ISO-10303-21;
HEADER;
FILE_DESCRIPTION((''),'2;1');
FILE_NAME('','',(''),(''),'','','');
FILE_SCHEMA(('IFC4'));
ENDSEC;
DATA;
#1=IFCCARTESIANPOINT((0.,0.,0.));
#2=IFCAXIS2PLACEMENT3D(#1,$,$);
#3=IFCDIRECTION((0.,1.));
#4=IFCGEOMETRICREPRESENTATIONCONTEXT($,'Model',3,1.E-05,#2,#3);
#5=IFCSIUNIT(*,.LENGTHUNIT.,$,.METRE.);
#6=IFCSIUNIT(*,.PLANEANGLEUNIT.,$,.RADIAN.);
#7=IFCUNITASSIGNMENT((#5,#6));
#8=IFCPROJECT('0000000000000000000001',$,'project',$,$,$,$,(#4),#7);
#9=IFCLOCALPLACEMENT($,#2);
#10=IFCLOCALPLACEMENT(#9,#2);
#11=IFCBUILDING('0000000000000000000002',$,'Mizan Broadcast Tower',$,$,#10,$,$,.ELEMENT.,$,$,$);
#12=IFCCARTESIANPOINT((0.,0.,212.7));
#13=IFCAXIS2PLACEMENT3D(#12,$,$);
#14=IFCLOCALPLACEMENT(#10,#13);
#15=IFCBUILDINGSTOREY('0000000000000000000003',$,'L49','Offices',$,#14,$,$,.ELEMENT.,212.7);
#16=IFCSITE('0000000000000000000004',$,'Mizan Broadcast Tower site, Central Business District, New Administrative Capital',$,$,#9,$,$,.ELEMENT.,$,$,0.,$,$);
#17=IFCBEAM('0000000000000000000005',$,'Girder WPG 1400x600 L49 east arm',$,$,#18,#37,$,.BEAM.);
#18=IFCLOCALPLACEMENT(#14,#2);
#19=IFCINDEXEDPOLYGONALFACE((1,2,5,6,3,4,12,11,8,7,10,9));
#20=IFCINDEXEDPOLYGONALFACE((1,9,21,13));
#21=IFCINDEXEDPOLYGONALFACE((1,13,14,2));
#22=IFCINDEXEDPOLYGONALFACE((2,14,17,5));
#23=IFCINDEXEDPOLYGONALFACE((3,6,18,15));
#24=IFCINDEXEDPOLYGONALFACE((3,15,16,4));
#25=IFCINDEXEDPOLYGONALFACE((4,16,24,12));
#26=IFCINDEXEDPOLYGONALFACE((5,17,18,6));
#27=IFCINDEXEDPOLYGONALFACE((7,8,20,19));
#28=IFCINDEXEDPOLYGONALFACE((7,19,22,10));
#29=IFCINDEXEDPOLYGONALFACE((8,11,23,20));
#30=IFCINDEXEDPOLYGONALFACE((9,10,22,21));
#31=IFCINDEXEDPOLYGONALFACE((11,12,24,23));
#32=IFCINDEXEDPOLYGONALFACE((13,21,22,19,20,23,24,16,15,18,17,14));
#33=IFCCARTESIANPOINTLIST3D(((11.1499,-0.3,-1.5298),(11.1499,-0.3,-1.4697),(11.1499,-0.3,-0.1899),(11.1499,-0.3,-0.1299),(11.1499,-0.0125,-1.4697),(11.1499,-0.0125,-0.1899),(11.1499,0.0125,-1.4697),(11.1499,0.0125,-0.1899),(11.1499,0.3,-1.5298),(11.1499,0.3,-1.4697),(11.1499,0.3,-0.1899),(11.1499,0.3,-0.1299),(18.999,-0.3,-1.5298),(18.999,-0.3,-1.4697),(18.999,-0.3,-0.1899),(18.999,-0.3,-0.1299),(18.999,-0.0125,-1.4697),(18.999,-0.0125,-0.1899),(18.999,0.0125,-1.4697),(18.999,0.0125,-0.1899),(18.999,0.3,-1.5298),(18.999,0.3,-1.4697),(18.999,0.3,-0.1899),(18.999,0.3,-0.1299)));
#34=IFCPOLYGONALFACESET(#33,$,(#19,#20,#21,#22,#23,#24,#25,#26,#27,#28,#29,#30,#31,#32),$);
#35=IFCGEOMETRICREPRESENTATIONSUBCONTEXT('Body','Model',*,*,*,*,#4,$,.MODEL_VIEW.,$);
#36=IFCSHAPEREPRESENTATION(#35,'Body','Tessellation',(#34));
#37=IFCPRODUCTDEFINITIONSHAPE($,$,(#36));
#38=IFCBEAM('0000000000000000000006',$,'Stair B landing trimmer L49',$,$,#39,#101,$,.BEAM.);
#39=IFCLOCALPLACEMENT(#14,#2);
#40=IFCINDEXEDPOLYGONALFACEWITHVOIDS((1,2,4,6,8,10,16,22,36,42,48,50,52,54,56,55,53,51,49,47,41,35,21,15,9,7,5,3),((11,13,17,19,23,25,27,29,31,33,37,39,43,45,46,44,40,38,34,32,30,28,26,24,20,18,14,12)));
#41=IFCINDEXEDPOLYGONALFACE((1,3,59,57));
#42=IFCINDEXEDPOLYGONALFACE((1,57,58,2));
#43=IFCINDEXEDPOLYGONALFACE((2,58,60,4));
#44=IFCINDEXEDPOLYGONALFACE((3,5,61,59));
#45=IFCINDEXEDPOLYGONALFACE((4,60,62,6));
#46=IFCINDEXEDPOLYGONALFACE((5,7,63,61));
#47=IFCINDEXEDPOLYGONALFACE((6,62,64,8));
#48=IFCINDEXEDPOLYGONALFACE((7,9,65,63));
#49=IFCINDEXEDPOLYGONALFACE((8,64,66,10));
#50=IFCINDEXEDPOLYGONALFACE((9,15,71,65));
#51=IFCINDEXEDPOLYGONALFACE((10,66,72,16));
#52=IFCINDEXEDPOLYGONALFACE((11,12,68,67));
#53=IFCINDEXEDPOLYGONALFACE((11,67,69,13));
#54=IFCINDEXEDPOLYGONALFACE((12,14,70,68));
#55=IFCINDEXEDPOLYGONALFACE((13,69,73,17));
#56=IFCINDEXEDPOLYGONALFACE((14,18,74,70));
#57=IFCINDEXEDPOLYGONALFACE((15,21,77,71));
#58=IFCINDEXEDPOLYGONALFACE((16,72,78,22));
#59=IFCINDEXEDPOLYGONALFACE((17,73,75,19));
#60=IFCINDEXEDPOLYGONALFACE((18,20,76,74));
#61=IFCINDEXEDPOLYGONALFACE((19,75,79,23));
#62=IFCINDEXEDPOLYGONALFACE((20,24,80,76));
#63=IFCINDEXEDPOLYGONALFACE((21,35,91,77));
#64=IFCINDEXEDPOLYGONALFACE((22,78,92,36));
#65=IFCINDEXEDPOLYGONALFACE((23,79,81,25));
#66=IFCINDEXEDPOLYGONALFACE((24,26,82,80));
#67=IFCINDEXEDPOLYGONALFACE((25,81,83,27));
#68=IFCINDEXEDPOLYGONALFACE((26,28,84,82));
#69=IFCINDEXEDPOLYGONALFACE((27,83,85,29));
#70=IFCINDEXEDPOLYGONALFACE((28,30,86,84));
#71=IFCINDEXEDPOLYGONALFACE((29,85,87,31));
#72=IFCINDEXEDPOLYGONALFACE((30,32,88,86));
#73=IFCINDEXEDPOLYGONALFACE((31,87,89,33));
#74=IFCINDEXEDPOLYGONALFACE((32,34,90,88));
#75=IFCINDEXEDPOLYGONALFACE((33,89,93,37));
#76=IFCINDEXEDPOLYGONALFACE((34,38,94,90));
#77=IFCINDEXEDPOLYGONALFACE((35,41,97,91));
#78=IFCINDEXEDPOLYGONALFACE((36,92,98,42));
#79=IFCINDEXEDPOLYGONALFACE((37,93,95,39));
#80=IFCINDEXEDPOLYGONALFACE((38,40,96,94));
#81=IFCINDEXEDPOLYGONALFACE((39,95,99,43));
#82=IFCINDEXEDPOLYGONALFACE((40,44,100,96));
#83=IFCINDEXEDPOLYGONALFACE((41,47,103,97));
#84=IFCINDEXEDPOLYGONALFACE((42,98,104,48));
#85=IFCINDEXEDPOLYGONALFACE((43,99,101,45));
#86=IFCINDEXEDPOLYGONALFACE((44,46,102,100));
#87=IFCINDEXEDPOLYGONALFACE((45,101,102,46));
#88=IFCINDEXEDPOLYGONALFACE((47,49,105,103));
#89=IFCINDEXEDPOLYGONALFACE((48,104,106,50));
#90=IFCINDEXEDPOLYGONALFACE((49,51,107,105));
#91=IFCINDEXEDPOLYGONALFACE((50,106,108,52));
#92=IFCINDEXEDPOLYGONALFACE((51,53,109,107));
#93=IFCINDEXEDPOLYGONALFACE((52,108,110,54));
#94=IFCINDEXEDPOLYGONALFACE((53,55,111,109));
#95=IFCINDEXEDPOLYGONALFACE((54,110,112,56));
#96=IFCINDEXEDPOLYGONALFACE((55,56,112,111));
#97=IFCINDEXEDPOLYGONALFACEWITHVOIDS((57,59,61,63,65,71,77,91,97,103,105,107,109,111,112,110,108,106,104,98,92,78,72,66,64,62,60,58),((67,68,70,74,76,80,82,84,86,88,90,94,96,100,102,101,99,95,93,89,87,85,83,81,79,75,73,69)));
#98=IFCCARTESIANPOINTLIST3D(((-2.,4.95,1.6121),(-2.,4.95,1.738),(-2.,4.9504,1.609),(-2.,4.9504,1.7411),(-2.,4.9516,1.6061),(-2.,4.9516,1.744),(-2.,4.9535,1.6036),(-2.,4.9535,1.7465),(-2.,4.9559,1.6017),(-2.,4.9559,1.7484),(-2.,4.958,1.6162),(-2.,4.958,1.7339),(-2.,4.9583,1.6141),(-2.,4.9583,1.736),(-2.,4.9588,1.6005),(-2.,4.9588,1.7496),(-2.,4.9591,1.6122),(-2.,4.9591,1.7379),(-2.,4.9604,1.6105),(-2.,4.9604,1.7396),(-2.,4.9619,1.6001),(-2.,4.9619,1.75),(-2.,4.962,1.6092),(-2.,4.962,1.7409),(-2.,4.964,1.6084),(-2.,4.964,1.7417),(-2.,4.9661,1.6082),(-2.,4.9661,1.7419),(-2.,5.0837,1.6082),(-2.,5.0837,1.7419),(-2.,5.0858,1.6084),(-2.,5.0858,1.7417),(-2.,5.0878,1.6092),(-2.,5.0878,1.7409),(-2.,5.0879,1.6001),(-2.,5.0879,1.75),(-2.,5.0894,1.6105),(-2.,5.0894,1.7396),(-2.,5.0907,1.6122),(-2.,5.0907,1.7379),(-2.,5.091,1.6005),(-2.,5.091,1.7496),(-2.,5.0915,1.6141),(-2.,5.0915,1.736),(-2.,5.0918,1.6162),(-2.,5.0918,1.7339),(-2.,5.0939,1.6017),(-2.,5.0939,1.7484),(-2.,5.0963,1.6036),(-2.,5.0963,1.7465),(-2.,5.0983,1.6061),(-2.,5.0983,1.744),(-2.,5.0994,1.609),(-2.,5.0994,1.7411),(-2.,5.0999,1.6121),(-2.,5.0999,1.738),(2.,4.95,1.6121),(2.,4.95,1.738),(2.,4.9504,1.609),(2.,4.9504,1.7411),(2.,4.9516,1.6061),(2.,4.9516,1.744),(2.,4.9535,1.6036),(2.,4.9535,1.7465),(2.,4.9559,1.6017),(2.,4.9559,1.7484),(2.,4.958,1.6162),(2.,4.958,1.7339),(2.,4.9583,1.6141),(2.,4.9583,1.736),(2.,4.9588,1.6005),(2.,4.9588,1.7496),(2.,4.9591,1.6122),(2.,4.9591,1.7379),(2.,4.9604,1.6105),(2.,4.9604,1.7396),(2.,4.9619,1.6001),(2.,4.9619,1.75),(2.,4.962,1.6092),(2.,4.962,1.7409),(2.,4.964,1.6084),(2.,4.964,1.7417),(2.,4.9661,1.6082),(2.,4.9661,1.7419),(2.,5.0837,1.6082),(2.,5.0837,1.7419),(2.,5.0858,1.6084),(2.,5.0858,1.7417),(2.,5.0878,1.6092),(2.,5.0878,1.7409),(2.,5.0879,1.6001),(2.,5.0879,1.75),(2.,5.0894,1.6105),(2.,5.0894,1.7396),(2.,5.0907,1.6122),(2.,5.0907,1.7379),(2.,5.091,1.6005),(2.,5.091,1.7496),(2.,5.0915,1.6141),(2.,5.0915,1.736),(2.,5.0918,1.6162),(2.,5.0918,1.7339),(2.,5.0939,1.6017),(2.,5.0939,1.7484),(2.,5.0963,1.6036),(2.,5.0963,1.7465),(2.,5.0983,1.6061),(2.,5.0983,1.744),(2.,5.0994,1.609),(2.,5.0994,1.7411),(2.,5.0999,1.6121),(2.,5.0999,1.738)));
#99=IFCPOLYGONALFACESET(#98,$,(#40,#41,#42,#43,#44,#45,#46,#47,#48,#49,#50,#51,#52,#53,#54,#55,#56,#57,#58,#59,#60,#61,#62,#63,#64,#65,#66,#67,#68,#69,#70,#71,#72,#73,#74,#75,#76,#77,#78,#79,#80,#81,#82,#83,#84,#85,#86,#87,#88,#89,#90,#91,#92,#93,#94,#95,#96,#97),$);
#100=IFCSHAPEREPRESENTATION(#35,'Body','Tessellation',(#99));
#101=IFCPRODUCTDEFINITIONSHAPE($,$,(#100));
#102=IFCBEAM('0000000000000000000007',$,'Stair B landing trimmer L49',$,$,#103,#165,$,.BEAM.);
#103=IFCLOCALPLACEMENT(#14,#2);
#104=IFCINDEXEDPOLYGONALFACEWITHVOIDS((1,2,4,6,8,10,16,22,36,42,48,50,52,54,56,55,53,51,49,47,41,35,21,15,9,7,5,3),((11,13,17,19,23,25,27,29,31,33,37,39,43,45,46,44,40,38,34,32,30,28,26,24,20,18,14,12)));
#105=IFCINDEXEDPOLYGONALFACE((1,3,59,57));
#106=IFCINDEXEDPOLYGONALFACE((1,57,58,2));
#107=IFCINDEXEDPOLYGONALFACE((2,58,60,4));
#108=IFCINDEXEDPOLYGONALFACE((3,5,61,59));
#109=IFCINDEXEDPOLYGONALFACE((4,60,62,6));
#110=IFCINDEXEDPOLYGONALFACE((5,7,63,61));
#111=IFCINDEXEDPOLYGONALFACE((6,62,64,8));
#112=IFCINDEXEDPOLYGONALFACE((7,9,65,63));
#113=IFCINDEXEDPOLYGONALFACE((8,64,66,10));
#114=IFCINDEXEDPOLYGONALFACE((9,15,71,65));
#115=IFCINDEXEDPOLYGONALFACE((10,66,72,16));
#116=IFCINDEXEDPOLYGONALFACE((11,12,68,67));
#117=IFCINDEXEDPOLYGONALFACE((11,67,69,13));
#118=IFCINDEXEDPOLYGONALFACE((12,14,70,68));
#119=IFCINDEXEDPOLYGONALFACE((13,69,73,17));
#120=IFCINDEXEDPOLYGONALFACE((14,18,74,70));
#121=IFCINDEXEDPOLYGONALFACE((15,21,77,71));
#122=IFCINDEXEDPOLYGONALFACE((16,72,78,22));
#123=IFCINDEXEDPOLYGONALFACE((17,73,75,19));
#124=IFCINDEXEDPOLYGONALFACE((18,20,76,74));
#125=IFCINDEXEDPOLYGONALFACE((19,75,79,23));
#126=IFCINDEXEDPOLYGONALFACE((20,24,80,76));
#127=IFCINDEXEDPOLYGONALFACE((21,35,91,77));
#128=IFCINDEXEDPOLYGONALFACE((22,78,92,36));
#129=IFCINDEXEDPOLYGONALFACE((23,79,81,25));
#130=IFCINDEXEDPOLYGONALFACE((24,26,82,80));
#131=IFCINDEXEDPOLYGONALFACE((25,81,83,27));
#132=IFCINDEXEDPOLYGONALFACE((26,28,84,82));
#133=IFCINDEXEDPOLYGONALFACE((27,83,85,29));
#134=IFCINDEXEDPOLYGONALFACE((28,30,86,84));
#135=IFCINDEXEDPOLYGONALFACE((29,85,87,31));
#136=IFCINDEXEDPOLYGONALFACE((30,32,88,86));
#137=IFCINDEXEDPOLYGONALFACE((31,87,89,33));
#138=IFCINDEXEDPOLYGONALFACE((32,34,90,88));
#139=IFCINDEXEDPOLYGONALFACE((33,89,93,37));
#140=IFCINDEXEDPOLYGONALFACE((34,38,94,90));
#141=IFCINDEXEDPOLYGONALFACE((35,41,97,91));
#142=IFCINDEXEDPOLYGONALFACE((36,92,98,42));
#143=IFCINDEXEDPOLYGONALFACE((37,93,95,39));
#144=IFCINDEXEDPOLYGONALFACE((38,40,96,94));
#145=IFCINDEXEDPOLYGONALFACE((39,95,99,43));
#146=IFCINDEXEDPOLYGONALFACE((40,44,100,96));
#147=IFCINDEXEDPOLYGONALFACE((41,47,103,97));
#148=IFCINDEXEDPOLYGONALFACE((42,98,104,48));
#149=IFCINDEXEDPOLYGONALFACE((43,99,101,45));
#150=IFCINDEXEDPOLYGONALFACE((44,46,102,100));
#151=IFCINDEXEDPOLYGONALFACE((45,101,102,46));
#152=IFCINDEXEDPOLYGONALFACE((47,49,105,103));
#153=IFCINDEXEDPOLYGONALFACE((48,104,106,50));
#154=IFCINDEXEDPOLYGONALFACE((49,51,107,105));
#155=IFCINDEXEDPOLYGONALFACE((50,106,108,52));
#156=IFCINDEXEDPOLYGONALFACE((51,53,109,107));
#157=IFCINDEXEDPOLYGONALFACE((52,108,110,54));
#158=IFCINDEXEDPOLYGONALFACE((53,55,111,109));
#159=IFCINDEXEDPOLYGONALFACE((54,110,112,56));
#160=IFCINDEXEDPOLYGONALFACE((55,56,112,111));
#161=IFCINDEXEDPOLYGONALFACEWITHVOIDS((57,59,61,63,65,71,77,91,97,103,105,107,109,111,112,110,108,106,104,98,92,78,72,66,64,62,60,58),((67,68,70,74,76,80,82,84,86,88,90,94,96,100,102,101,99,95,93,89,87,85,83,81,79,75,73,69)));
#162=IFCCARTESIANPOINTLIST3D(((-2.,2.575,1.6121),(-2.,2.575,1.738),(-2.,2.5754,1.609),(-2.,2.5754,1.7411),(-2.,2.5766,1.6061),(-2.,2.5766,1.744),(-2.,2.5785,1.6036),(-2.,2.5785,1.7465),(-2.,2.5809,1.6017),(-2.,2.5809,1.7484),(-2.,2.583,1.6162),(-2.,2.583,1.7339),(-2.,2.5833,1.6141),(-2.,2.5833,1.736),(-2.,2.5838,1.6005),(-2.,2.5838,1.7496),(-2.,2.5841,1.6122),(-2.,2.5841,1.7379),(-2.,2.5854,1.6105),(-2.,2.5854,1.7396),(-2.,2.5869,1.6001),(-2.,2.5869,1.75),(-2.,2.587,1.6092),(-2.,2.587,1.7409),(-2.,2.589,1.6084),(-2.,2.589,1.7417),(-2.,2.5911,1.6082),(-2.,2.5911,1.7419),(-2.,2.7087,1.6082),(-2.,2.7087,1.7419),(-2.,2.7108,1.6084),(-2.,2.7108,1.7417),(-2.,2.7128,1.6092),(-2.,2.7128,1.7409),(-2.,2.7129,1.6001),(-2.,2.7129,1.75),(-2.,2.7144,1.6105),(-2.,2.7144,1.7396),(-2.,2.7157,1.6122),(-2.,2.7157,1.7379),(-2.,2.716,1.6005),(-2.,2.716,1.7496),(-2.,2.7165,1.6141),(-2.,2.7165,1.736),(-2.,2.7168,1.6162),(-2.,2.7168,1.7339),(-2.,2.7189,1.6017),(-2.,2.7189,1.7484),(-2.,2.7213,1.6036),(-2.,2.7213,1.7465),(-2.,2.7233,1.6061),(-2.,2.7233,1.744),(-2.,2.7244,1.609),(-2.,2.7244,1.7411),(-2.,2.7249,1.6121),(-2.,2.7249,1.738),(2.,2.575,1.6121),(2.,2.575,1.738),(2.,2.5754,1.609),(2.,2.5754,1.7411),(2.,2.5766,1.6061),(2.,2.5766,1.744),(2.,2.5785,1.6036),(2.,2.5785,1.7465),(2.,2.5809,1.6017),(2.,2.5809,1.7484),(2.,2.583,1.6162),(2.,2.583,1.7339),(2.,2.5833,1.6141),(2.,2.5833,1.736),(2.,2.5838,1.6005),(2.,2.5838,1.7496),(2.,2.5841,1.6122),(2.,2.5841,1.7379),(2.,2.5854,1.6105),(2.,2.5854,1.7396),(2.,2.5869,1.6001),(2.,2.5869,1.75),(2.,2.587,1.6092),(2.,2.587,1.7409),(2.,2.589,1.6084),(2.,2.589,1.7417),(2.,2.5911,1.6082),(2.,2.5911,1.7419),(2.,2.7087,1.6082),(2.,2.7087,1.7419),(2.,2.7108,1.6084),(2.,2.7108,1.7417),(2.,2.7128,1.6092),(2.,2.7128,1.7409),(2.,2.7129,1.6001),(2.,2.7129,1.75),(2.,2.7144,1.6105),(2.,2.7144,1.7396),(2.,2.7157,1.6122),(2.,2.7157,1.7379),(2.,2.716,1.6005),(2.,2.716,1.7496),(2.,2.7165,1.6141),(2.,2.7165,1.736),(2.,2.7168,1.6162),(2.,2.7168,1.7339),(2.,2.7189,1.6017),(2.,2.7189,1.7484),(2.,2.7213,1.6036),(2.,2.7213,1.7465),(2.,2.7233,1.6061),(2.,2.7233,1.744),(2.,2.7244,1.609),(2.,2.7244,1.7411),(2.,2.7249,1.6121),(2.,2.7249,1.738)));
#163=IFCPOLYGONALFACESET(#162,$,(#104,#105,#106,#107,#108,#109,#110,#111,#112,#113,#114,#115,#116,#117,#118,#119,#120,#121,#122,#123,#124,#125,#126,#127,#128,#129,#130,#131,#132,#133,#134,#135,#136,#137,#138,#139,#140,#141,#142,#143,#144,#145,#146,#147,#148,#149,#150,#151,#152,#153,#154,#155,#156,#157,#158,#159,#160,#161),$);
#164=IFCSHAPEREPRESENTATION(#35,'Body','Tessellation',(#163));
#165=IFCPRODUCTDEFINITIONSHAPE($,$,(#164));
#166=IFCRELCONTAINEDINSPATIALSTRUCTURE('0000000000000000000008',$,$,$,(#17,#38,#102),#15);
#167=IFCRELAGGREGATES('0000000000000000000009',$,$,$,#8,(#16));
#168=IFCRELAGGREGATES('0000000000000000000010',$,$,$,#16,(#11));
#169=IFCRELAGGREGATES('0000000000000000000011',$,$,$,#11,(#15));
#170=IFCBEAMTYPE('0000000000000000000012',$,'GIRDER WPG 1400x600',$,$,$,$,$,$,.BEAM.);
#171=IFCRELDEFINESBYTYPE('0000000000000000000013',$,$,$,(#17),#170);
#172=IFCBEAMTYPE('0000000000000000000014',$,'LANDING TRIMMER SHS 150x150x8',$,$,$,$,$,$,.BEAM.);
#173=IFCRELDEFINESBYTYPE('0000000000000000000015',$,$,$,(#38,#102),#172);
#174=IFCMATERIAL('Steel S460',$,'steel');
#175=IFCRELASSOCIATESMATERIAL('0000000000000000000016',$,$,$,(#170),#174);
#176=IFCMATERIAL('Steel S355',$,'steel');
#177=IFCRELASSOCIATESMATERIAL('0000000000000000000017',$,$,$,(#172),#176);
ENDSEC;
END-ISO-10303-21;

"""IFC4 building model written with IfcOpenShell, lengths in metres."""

from ifc_helpers import new_model, si_unit, direction, frame, origin, origin_2d, place, context, subcontext, project, spatial, hollow_rectangle, i_section, extrude, material, material_profile, profile_set, type_object, element, save


model = new_model("IFC4")

# Units and contexts
model_context = context("Model", 3, precision=1e-05, world=origin(), true_north=direction((0.0, 1.0)))
body_context = subcontext(model_context, "Body", "Model", "MODEL_VIEW")
ifc_project = project(units=[si_unit("LENGTHUNIT", "METRE"), si_unit("PLANEANGLEUNIT", "RADIAN")], contexts=[model_context])

# Site, building, storey
site_placement = place(None, origin())
site = spatial("IfcSite", under=ifc_project, at=site_placement, Name="Mizan Broadcast Tower site, Central Business District, New Administrative Capital", CompositionType="ELEMENT", RefElevation=0.0)
building_placement = place(site_placement, origin())
building = spatial("IfcBuilding", under=site, at=building_placement, Name="Mizan Broadcast Tower", CompositionType="ELEMENT")
storey_placement = place(building_placement, frame((0.0, 0.0, 212.7)))
storey = spatial("IfcBuildingStorey", under=building, at=storey_placement, Name="L49", Description="Offices", CompositionType="ELEMENT", Elevation=212.7)

# Beams
ifc_material_1 = material(Name="Steel S460", Category="steel")
ifc_material_profile_1 = material_profile(ifc_material_1, i_section(OverallWidth=0.6001, OverallDepth=1.3999, WebThickness=0.0249, FlangeThickness=0.0601, at=origin_2d()), Name="WPG 1400x600")
ifc_profile_set_1 = profile_set([ifc_material_profile_1], Name="Steel S460")
beam_type_1 = type_object("IfcBeamType", Name="GIRDER WPG 1400x600", PredefinedType="BEAM", material=ifc_profile_set_1)
beam_placement = place(storey_placement, frame((11.1499, 0.0, -0.8298), z_axis=(1.0, 0.0, 0.0), x_axis=(0.0, 1.0, 0.0)))
element("IfcBeam", 1, at=beam_placement, inside=storey, type_object=beam_type_1, Name="Girder WPG 1400x600 L49 east arm", PredefinedType="BEAM", context=body_context, shape_type="SweptSolid", body=[
    extrude(i_section(OverallWidth=0.6001, OverallDepth=1.3999, WebThickness=0.0249, FlangeThickness=0.0601, at=origin_2d()), origin(), (0.0, 0.0, 1.0), 7.8491),
])
ifc_material_2 = material(Name="Steel S355", Category="steel")
ifc_material_profile_2 = material_profile(ifc_material_2, hollow_rectangle(XDim=0.1499, YDim=0.1499, WallThickness=0.0081, InnerFilletRadius=0.0081, OuterFilletRadius=0.012, at=origin_2d()), Name="SHS 150x150x8")
ifc_profile_set_2 = profile_set([ifc_material_profile_2], Name="Steel S355")
beam_type_2 = type_object("IfcBeamType", Name="LANDING TRIMMER SHS 150x150x8", PredefinedType="BEAM", material=ifc_profile_set_2)
for number, where, z_axis, x_axis, name in (
    (2, (2.0, 5.0249, 1.675), (-1.0, 0.0, 0.0), (0.0, -1.0, 0.0), "Stair B landing trimmer L49"),
    (3, (2.0, 2.6499, 1.675), (-1.0, 0.0, 0.0), (0.0, -1.0, 0.0), "Stair B landing trimmer L49"),
):
    element("IfcBeam", number, at=place(storey_placement, frame(where, z_axis=z_axis, x_axis=x_axis)), inside=storey, type_object=beam_type_2, Name=name, PredefinedType="BEAM", context=body_context, shape_type="SweptSolid", body=[
        extrude(hollow_rectangle(XDim=0.1499, YDim=0.1499, WallThickness=0.0081, InnerFilletRadius=0.0081, OuterFilletRadius=0.012, at=origin_2d()), origin(), (0.0, 0.0, 1.0), 4.0),
    ])

save(model, "model.ifc")
